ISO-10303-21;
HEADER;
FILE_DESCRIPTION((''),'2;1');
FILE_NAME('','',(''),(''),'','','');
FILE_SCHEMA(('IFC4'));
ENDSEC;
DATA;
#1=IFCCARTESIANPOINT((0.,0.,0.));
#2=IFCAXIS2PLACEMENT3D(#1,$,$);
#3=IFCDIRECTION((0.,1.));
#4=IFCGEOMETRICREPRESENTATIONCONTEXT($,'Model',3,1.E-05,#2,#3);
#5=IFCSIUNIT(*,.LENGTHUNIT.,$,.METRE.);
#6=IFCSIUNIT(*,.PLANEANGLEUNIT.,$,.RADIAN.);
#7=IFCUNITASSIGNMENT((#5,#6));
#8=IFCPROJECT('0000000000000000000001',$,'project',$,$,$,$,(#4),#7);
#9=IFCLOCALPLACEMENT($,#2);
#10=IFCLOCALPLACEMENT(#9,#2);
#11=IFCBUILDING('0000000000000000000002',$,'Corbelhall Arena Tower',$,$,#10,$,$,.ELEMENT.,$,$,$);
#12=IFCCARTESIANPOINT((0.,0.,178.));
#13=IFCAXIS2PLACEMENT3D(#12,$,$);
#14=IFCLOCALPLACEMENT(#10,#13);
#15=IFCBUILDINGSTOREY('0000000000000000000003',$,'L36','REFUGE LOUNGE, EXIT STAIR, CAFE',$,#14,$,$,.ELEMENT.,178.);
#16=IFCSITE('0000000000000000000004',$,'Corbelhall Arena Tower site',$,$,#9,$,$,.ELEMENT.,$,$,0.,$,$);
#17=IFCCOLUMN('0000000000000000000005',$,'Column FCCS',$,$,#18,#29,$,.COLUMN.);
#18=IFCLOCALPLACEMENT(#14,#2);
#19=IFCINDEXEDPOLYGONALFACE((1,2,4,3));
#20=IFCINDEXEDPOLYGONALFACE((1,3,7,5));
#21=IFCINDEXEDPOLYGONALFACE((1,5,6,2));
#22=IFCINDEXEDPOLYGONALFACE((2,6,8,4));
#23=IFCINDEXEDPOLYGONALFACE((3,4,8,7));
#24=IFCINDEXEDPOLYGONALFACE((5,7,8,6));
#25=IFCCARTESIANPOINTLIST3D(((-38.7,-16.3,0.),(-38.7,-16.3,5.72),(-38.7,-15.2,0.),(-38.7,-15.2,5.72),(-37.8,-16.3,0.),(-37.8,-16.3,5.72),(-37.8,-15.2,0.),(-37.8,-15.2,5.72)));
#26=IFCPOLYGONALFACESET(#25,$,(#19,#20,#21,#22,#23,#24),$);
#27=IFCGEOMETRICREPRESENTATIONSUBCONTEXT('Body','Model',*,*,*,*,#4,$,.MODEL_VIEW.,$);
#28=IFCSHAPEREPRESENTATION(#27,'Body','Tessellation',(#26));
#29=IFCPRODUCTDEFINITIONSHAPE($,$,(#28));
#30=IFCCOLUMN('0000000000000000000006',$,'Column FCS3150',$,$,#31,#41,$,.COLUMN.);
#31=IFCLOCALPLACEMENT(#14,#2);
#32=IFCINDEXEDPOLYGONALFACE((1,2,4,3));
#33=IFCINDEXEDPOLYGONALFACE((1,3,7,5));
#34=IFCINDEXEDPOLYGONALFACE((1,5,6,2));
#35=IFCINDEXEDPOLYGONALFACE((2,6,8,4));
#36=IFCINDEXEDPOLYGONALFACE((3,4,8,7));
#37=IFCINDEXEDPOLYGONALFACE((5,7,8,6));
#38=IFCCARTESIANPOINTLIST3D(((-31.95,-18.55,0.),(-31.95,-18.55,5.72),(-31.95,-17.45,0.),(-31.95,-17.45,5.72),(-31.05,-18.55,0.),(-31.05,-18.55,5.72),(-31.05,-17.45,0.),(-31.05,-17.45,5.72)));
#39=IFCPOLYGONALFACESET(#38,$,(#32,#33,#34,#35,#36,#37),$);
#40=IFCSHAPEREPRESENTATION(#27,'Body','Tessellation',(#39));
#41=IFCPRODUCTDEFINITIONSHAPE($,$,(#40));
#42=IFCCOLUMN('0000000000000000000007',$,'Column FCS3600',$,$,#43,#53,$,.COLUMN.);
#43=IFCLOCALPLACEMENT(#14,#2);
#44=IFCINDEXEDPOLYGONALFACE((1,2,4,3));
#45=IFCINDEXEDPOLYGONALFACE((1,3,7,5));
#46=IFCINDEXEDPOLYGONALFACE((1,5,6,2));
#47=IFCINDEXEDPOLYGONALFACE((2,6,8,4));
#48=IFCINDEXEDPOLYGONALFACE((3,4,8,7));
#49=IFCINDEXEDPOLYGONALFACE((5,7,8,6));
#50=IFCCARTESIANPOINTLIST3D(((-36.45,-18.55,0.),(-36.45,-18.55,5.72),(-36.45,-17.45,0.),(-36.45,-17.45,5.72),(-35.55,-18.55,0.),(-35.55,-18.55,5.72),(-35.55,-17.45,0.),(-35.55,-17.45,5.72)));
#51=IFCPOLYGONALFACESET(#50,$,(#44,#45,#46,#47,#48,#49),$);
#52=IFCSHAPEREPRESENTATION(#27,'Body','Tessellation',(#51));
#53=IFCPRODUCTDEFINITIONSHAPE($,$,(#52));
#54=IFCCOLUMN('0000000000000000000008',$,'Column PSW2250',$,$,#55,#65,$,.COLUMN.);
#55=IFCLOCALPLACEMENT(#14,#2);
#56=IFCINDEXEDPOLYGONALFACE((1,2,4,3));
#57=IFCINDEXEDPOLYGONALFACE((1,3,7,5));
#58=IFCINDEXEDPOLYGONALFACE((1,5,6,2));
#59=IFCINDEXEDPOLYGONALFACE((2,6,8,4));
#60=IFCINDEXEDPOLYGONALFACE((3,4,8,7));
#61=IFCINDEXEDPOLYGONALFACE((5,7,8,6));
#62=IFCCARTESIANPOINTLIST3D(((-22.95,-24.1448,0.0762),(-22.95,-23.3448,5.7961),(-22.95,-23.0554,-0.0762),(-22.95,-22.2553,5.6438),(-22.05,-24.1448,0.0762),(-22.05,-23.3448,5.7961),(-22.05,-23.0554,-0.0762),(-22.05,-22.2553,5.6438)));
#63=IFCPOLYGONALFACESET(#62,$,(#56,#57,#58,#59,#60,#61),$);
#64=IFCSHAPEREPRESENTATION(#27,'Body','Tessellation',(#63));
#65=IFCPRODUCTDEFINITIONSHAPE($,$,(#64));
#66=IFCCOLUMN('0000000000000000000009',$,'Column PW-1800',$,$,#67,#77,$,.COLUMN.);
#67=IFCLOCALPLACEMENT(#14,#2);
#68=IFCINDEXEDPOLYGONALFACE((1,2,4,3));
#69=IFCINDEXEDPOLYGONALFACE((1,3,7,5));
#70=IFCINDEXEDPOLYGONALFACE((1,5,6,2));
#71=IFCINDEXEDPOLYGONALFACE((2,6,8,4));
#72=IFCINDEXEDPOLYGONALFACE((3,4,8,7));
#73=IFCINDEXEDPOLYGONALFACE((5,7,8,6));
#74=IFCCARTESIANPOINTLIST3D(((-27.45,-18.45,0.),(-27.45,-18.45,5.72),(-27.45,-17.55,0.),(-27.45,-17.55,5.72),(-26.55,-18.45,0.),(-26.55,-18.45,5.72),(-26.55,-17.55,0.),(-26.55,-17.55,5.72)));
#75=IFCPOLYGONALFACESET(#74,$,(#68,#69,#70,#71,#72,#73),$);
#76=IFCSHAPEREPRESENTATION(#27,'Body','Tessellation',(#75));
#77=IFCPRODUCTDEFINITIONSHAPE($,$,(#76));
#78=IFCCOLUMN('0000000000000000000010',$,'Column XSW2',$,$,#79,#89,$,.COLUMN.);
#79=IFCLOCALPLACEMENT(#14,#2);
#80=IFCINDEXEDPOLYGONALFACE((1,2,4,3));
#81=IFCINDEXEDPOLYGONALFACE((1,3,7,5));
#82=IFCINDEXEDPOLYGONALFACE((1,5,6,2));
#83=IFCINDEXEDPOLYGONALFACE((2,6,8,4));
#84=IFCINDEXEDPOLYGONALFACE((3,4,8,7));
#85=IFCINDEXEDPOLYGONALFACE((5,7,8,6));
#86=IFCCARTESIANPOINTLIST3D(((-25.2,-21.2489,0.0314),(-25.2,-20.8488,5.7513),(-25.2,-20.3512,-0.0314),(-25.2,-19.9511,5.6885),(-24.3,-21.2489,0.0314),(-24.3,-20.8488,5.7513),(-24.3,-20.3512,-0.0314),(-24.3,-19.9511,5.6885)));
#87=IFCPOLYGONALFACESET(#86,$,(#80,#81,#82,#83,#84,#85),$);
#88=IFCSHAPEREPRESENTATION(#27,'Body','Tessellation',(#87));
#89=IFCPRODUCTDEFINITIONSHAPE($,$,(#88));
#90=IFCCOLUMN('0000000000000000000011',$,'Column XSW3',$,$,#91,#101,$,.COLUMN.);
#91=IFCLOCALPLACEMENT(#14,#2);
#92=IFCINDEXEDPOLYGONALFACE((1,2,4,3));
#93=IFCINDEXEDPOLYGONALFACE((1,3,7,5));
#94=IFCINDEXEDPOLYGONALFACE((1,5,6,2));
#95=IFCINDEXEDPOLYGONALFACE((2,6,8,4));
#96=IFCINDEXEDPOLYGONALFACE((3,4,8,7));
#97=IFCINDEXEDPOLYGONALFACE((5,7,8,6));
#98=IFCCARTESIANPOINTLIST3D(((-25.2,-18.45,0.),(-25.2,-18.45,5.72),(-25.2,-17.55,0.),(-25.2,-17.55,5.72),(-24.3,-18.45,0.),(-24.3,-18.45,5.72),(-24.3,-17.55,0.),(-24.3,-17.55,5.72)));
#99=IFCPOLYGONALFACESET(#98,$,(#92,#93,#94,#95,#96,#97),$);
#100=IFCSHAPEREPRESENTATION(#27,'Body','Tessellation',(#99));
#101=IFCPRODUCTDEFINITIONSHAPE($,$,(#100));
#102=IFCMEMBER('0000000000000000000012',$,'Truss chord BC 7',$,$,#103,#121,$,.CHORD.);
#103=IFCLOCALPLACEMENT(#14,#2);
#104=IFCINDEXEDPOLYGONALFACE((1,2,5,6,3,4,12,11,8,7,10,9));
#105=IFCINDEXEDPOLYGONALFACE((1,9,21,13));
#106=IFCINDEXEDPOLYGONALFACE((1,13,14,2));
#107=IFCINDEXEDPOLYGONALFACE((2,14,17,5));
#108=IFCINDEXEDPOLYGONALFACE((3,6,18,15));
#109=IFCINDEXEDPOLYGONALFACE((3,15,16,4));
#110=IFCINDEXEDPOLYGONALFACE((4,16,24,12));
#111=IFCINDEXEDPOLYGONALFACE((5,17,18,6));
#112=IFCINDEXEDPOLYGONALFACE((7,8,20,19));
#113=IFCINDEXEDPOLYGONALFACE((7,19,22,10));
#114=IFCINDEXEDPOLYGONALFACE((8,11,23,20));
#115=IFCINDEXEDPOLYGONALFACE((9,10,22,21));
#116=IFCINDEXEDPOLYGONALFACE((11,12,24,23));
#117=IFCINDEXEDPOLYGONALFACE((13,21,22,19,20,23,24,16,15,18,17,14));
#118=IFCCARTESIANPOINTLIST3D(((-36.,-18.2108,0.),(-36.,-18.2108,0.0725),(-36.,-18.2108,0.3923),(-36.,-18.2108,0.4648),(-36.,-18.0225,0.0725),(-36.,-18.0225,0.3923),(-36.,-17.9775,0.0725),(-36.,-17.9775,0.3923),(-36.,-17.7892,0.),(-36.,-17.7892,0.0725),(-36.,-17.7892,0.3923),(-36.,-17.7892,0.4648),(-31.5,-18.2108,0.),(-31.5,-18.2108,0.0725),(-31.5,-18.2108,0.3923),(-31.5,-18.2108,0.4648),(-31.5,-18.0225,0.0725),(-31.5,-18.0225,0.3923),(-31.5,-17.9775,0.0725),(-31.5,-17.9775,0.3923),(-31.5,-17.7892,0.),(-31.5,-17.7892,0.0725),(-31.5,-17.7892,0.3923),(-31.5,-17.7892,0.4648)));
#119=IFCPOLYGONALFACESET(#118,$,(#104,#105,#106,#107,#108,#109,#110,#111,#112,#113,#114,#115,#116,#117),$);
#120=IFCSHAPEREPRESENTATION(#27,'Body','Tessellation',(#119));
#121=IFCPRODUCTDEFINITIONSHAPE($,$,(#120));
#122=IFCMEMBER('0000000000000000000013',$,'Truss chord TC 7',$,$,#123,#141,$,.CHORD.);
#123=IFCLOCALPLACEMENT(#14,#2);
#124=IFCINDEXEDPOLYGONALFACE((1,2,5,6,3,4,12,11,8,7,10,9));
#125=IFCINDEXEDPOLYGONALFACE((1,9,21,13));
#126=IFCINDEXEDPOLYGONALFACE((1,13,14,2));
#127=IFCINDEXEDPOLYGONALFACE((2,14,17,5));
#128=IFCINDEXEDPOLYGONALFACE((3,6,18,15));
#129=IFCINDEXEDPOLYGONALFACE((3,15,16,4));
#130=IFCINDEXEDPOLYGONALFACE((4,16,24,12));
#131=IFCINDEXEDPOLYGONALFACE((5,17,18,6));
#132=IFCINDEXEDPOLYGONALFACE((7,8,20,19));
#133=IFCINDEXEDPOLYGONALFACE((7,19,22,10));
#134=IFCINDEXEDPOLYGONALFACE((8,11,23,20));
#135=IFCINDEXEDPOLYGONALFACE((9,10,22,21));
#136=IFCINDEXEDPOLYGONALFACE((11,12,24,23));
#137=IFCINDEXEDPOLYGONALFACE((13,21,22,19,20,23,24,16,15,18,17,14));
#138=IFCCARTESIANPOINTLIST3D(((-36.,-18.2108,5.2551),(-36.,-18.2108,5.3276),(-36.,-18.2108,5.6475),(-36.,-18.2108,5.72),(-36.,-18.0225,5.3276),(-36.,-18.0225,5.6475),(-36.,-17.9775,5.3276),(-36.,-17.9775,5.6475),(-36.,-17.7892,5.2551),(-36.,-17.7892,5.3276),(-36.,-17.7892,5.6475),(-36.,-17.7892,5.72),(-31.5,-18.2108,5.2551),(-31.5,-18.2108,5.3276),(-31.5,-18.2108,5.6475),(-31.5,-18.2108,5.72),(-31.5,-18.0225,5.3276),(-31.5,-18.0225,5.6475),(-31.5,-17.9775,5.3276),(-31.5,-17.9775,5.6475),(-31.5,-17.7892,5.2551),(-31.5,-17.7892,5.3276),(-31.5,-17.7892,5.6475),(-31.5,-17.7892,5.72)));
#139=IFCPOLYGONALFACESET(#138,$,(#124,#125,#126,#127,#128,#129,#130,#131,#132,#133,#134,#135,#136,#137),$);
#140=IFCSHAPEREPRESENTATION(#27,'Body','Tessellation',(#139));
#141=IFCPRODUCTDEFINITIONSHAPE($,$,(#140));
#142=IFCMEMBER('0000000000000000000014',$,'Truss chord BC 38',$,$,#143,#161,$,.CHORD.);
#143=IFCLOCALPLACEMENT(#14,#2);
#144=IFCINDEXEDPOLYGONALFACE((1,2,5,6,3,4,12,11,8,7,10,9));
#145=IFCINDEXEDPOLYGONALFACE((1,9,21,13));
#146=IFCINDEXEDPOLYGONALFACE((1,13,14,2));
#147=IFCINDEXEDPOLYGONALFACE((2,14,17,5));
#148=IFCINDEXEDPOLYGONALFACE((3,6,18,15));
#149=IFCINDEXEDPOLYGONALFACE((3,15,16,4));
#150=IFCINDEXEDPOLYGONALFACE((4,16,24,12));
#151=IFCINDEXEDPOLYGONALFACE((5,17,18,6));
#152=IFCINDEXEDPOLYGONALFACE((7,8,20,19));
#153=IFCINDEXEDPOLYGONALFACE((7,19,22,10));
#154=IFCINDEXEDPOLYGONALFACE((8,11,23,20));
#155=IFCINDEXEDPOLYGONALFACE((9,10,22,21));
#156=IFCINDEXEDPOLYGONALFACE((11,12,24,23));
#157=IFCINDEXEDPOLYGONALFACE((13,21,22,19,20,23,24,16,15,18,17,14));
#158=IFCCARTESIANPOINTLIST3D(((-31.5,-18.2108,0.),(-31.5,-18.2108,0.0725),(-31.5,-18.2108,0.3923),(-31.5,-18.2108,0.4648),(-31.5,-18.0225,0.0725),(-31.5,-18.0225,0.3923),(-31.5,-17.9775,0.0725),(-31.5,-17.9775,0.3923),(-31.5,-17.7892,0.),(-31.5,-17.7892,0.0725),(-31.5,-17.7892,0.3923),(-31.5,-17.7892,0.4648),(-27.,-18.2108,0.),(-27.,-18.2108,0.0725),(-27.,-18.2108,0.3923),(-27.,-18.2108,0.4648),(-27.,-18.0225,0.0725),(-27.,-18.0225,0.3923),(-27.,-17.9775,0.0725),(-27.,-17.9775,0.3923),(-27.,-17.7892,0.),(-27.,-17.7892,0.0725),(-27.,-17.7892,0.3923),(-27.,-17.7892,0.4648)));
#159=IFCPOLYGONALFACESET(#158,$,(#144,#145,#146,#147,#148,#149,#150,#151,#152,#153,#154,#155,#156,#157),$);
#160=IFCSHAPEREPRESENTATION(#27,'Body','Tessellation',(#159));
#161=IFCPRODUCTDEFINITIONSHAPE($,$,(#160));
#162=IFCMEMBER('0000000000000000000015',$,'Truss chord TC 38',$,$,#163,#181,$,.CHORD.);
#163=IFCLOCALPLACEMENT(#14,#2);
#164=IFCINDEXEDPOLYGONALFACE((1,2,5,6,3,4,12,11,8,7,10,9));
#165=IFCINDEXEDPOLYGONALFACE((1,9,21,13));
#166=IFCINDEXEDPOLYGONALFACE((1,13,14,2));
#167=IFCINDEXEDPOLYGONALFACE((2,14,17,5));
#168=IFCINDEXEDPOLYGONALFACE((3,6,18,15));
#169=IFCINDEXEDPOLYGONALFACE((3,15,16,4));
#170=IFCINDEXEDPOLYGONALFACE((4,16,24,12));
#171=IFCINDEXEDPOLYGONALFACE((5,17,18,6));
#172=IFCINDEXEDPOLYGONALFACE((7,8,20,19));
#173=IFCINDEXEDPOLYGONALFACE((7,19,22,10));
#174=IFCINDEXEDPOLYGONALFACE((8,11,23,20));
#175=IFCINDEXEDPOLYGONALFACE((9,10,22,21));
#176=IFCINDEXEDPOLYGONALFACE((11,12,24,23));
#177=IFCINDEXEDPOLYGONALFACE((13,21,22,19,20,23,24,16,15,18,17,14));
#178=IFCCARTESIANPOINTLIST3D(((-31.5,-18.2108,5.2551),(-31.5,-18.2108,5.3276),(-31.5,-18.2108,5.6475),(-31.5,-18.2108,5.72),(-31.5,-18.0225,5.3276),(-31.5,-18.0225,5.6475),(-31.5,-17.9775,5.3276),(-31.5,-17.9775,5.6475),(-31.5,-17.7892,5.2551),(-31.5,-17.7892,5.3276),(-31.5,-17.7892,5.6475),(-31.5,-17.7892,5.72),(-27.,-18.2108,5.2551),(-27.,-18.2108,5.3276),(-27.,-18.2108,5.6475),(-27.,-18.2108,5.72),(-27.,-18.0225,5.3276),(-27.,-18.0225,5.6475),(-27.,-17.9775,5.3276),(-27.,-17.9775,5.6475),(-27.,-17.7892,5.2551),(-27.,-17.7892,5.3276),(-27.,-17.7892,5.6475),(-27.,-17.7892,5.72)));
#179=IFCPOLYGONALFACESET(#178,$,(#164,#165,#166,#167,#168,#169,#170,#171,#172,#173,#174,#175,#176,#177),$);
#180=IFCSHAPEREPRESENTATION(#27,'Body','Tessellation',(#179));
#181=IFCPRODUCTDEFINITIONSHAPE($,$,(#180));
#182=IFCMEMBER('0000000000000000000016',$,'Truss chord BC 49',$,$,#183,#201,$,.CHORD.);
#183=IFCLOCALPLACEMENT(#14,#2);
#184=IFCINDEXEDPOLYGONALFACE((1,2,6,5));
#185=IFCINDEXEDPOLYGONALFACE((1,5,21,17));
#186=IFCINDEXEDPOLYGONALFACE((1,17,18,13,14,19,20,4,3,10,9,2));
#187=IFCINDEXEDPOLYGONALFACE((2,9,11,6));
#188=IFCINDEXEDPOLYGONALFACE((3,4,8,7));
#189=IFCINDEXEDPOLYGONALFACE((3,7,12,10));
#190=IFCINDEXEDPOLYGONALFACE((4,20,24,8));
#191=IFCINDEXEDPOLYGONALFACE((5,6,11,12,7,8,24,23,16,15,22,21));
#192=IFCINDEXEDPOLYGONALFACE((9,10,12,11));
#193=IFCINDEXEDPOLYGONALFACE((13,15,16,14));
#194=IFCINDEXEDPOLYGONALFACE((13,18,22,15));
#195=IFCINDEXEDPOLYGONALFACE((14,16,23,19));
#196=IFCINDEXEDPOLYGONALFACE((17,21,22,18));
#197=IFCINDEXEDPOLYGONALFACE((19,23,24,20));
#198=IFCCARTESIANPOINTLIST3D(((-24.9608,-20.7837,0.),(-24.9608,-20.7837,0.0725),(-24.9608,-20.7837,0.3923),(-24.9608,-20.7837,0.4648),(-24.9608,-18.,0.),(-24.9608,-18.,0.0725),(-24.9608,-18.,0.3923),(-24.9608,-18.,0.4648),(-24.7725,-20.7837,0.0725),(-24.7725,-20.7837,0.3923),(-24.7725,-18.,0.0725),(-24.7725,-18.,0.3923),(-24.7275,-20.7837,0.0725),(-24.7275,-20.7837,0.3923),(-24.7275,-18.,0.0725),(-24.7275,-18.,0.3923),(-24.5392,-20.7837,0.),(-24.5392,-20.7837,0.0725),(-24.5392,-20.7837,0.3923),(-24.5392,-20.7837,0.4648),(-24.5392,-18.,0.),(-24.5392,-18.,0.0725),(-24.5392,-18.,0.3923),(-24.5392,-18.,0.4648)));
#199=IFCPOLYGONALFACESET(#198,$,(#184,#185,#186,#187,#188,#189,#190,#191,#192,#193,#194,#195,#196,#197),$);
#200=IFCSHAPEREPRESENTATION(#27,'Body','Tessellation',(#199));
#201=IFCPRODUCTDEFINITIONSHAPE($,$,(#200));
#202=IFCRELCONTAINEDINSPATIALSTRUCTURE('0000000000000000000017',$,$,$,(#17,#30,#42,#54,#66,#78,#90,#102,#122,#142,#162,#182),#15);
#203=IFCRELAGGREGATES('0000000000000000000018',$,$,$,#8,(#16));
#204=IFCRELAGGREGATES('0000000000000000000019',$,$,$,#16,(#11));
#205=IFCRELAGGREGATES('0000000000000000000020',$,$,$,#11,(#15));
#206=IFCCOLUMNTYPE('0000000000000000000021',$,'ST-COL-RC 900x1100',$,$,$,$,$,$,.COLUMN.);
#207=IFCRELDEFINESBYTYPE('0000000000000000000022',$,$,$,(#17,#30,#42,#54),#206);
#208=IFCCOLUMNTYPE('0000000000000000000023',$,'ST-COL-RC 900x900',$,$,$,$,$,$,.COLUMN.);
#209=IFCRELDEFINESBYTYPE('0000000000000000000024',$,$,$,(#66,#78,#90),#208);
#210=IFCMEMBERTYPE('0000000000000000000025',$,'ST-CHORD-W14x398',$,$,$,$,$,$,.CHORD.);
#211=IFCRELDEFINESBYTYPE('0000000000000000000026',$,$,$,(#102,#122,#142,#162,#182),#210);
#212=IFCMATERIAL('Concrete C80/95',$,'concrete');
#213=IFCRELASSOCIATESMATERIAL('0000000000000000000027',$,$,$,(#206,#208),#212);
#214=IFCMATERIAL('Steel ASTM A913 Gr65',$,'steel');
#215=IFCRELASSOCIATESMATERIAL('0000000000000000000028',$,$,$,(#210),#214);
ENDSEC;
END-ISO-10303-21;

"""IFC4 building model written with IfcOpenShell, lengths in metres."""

from ifc_helpers import new_model, si_unit, direction, frame, origin, origin_2d, place, context, subcontext, project, spatial, rectangle, i_section, extrude, material, material_profile, profile_set, type_object, element, save


model = new_model("IFC4")

# Units and contexts
model_context = context("Model", 3, precision=1e-05, world=origin(), true_north=direction((0.0, 1.0)))
body_context = subcontext(model_context, "Body", "Model", "MODEL_VIEW")
ifc_project = project(units=[si_unit("LENGTHUNIT", "METRE"), si_unit("PLANEANGLEUNIT", "RADIAN")], contexts=[model_context])

# Site, building, storey
site_placement = place(None, origin())
site = spatial("IfcSite", under=ifc_project, at=site_placement, Name="Corbelhall Arena Tower site", CompositionType="ELEMENT", RefElevation=0.0)
building_placement = place(site_placement, origin())
building = spatial("IfcBuilding", under=site, at=building_placement, Name="Corbelhall Arena Tower", CompositionType="ELEMENT")
storey_placement = place(building_placement, frame((0.0, 0.0, 178.0)))
storey = spatial("IfcBuildingStorey", under=building, at=storey_placement, Name="L36", Description="REFUGE LOUNGE, EXIT STAIR, CAFE", CompositionType="ELEMENT", Elevation=178.0)

# Columns
ifc_material_1 = material(Name="Concrete C80/95", Category="concrete")
ifc_material_profile_1 = material_profile(ifc_material_1, rectangle(XDim=0.8999, YDim=1.1001, at=origin_2d()))
ifc_profile_set_1 = profile_set([ifc_material_profile_1], Name="Concrete C80/95")
column_type_1 = type_object("IfcColumnType", Name="ST-COL-RC 900x1100", PredefinedType="COLUMN", material=ifc_profile_set_1)
for number, where, z_axis, x_axis, name in (
    (1, (-38.25, -15.75, 0.0), (0.0, 0.0, 1.0), (1.0, 0.0, 0.0), "Column FCCS"),
    (2, (-31.5, -18.0, 0.0), (0.0, 0.0, 1.0), (1.0, 0.0, 0.0), "Column FCS3150"),
    (3, (-36.0, -18.0, 0.0), (0.0, 0.0, 1.0), (1.0, 0.0, 0.0), "Column FCS3600"),
):
    element("IfcColumn", number, at=place(storey_placement, frame(where, z_axis=z_axis, x_axis=x_axis)), inside=storey, type_object=column_type_1, Name=name, PredefinedType="COLUMN", context=body_context, shape_type="SweptSolid", body=[
        extrude(rectangle(XDim=0.8999, YDim=1.1001, at=origin_2d()), origin(), (0.0, 0.0, 1.0), 5.72),
    ])
column_1_placement = place(storey_placement, frame((-22.5, -23.6001, 0.0), z_axis=(0.0, 0.138521, 0.990359), x_axis=(-1.0, 0.0, 0.0)))
element("IfcColumn", 4, at=column_1_placement, inside=storey, type_object=column_type_1, Name="Column PSW2250", PredefinedType="COLUMN", context=body_context, shape_type="SweptSolid", body=[
    extrude(rectangle(XDim=0.8999, YDim=1.1001, at=origin_2d()), origin(), (0.0, 0.0, 1.0), 5.7756),
])
ifc_material_profile_2 = material_profile(ifc_material_1, rectangle(XDim=0.8999, YDim=0.8999, at=origin_2d()))
ifc_profile_set_2 = profile_set([ifc_material_profile_2], Name="Concrete C80/95")
column_type_2 = type_object("IfcColumnType", Name="ST-COL-RC 900x900", PredefinedType="COLUMN", material=ifc_profile_set_2)
column_2_placement = place(storey_placement, frame((-27.0, -18.0, 0.0), z_axis=(0.0, 0.0, 1.0), x_axis=(1.0, 0.0, 0.0)))
element("IfcColumn", 5, at=column_2_placement, inside=storey, type_object=column_type_2, Name="Column PW-1800", PredefinedType="COLUMN", context=body_context, shape_type="SweptSolid", body=[
    extrude(rectangle(XDim=0.8999, YDim=0.8999, at=origin_2d()), origin(), (0.0, 0.0, 1.0), 5.72),
])
column_3_placement = place(storey_placement, frame((-24.75, -20.8, 0.0), z_axis=(0.0, 0.069785, 0.997562), x_axis=(-1.0, 0.0, 0.0)))
element("IfcColumn", 6, at=column_3_placement, inside=storey, type_object=column_type_2, Name="Column XSW2", PredefinedType="COLUMN", context=body_context, shape_type="SweptSolid", body=[
    extrude(rectangle(XDim=0.8999, YDim=0.8999, at=origin_2d()), origin(), (0.0, 0.0, 1.0), 5.7339),
])
column_4_placement = place(storey_placement, frame((-24.75, -18.0, 0.0), z_axis=(0.0, 0.0, 1.0), x_axis=(1.0, 0.0, 0.0)))
element("IfcColumn", 7, at=column_4_placement, inside=storey, type_object=column_type_2, Name="Column XSW3", PredefinedType="COLUMN", context=body_context, shape_type="SweptSolid", body=[
    extrude(rectangle(XDim=0.8999, YDim=0.8999, at=origin_2d()), origin(), (0.0, 0.0, 1.0), 5.72),
])

# Members
ifc_material_2 = material(Name="Steel ASTM A913 Gr65", Category="steel")
ifc_material_profile_3 = material_profile(ifc_material_2, i_section(OverallWidth=0.4216, OverallDepth=0.4648, WebThickness=0.0449, FlangeThickness=0.0725, at=origin_2d()))
ifc_profile_set_3 = profile_set([ifc_material_profile_3], Name="Steel ASTM A913 Gr65")
member_type_1 = type_object("IfcMemberType", Name="ST-CHORD-W14x398", PredefinedType="CHORD", material=ifc_profile_set_3)
for number, where, z_axis, x_axis, name in (
    (8, (-31.5, -18.0, 0.2324), (-1.0, 0.0, 0.0), (0.0, -1.0, 0.0), "Truss chord BC 7"),
    (9, (-31.5, -18.0, 5.4875), (-1.0, 0.0, 0.0), (0.0, -1.0, 0.0), "Truss chord TC 7"),
    (10, (-27.0, -18.0, 0.2324), (-1.0, 0.0, 0.0), (0.0, -1.0, 0.0), "Truss chord BC 38"),
    (11, (-27.0, -18.0, 5.4875), (-1.0, 0.0, 0.0), (0.0, -1.0, 0.0), "Truss chord TC 38"),
):
    element("IfcMember", number, at=place(storey_placement, frame(where, z_axis=z_axis, x_axis=x_axis)), inside=storey, type_object=member_type_1, Name=name, PredefinedType="CHORD", context=body_context, shape_type="SweptSolid", body=[
        extrude(i_section(OverallWidth=0.4216, OverallDepth=0.4648, WebThickness=0.0449, FlangeThickness=0.0725, at=origin_2d()), origin(), (0.0, 0.0, 1.0), 4.5),
    ])
member_1_placement = place(storey_placement, frame((-24.75, -20.7837, 0.2324), z_axis=(0.0, 1.0, 0.0), x_axis=(-1.0, 0.0, 0.0)))
element("IfcMember", 12, at=member_1_placement, inside=storey, type_object=member_type_1, Name="Truss chord BC 49", PredefinedType="CHORD", context=body_context, shape_type="SweptSolid", body=[
    extrude(i_section(OverallWidth=0.4216, OverallDepth=0.4648, WebThickness=0.0449, FlangeThickness=0.0725, at=origin_2d()), origin(), (0.0, 0.0, 1.0), 2.7837),
])

save(model, "model.ifc")
